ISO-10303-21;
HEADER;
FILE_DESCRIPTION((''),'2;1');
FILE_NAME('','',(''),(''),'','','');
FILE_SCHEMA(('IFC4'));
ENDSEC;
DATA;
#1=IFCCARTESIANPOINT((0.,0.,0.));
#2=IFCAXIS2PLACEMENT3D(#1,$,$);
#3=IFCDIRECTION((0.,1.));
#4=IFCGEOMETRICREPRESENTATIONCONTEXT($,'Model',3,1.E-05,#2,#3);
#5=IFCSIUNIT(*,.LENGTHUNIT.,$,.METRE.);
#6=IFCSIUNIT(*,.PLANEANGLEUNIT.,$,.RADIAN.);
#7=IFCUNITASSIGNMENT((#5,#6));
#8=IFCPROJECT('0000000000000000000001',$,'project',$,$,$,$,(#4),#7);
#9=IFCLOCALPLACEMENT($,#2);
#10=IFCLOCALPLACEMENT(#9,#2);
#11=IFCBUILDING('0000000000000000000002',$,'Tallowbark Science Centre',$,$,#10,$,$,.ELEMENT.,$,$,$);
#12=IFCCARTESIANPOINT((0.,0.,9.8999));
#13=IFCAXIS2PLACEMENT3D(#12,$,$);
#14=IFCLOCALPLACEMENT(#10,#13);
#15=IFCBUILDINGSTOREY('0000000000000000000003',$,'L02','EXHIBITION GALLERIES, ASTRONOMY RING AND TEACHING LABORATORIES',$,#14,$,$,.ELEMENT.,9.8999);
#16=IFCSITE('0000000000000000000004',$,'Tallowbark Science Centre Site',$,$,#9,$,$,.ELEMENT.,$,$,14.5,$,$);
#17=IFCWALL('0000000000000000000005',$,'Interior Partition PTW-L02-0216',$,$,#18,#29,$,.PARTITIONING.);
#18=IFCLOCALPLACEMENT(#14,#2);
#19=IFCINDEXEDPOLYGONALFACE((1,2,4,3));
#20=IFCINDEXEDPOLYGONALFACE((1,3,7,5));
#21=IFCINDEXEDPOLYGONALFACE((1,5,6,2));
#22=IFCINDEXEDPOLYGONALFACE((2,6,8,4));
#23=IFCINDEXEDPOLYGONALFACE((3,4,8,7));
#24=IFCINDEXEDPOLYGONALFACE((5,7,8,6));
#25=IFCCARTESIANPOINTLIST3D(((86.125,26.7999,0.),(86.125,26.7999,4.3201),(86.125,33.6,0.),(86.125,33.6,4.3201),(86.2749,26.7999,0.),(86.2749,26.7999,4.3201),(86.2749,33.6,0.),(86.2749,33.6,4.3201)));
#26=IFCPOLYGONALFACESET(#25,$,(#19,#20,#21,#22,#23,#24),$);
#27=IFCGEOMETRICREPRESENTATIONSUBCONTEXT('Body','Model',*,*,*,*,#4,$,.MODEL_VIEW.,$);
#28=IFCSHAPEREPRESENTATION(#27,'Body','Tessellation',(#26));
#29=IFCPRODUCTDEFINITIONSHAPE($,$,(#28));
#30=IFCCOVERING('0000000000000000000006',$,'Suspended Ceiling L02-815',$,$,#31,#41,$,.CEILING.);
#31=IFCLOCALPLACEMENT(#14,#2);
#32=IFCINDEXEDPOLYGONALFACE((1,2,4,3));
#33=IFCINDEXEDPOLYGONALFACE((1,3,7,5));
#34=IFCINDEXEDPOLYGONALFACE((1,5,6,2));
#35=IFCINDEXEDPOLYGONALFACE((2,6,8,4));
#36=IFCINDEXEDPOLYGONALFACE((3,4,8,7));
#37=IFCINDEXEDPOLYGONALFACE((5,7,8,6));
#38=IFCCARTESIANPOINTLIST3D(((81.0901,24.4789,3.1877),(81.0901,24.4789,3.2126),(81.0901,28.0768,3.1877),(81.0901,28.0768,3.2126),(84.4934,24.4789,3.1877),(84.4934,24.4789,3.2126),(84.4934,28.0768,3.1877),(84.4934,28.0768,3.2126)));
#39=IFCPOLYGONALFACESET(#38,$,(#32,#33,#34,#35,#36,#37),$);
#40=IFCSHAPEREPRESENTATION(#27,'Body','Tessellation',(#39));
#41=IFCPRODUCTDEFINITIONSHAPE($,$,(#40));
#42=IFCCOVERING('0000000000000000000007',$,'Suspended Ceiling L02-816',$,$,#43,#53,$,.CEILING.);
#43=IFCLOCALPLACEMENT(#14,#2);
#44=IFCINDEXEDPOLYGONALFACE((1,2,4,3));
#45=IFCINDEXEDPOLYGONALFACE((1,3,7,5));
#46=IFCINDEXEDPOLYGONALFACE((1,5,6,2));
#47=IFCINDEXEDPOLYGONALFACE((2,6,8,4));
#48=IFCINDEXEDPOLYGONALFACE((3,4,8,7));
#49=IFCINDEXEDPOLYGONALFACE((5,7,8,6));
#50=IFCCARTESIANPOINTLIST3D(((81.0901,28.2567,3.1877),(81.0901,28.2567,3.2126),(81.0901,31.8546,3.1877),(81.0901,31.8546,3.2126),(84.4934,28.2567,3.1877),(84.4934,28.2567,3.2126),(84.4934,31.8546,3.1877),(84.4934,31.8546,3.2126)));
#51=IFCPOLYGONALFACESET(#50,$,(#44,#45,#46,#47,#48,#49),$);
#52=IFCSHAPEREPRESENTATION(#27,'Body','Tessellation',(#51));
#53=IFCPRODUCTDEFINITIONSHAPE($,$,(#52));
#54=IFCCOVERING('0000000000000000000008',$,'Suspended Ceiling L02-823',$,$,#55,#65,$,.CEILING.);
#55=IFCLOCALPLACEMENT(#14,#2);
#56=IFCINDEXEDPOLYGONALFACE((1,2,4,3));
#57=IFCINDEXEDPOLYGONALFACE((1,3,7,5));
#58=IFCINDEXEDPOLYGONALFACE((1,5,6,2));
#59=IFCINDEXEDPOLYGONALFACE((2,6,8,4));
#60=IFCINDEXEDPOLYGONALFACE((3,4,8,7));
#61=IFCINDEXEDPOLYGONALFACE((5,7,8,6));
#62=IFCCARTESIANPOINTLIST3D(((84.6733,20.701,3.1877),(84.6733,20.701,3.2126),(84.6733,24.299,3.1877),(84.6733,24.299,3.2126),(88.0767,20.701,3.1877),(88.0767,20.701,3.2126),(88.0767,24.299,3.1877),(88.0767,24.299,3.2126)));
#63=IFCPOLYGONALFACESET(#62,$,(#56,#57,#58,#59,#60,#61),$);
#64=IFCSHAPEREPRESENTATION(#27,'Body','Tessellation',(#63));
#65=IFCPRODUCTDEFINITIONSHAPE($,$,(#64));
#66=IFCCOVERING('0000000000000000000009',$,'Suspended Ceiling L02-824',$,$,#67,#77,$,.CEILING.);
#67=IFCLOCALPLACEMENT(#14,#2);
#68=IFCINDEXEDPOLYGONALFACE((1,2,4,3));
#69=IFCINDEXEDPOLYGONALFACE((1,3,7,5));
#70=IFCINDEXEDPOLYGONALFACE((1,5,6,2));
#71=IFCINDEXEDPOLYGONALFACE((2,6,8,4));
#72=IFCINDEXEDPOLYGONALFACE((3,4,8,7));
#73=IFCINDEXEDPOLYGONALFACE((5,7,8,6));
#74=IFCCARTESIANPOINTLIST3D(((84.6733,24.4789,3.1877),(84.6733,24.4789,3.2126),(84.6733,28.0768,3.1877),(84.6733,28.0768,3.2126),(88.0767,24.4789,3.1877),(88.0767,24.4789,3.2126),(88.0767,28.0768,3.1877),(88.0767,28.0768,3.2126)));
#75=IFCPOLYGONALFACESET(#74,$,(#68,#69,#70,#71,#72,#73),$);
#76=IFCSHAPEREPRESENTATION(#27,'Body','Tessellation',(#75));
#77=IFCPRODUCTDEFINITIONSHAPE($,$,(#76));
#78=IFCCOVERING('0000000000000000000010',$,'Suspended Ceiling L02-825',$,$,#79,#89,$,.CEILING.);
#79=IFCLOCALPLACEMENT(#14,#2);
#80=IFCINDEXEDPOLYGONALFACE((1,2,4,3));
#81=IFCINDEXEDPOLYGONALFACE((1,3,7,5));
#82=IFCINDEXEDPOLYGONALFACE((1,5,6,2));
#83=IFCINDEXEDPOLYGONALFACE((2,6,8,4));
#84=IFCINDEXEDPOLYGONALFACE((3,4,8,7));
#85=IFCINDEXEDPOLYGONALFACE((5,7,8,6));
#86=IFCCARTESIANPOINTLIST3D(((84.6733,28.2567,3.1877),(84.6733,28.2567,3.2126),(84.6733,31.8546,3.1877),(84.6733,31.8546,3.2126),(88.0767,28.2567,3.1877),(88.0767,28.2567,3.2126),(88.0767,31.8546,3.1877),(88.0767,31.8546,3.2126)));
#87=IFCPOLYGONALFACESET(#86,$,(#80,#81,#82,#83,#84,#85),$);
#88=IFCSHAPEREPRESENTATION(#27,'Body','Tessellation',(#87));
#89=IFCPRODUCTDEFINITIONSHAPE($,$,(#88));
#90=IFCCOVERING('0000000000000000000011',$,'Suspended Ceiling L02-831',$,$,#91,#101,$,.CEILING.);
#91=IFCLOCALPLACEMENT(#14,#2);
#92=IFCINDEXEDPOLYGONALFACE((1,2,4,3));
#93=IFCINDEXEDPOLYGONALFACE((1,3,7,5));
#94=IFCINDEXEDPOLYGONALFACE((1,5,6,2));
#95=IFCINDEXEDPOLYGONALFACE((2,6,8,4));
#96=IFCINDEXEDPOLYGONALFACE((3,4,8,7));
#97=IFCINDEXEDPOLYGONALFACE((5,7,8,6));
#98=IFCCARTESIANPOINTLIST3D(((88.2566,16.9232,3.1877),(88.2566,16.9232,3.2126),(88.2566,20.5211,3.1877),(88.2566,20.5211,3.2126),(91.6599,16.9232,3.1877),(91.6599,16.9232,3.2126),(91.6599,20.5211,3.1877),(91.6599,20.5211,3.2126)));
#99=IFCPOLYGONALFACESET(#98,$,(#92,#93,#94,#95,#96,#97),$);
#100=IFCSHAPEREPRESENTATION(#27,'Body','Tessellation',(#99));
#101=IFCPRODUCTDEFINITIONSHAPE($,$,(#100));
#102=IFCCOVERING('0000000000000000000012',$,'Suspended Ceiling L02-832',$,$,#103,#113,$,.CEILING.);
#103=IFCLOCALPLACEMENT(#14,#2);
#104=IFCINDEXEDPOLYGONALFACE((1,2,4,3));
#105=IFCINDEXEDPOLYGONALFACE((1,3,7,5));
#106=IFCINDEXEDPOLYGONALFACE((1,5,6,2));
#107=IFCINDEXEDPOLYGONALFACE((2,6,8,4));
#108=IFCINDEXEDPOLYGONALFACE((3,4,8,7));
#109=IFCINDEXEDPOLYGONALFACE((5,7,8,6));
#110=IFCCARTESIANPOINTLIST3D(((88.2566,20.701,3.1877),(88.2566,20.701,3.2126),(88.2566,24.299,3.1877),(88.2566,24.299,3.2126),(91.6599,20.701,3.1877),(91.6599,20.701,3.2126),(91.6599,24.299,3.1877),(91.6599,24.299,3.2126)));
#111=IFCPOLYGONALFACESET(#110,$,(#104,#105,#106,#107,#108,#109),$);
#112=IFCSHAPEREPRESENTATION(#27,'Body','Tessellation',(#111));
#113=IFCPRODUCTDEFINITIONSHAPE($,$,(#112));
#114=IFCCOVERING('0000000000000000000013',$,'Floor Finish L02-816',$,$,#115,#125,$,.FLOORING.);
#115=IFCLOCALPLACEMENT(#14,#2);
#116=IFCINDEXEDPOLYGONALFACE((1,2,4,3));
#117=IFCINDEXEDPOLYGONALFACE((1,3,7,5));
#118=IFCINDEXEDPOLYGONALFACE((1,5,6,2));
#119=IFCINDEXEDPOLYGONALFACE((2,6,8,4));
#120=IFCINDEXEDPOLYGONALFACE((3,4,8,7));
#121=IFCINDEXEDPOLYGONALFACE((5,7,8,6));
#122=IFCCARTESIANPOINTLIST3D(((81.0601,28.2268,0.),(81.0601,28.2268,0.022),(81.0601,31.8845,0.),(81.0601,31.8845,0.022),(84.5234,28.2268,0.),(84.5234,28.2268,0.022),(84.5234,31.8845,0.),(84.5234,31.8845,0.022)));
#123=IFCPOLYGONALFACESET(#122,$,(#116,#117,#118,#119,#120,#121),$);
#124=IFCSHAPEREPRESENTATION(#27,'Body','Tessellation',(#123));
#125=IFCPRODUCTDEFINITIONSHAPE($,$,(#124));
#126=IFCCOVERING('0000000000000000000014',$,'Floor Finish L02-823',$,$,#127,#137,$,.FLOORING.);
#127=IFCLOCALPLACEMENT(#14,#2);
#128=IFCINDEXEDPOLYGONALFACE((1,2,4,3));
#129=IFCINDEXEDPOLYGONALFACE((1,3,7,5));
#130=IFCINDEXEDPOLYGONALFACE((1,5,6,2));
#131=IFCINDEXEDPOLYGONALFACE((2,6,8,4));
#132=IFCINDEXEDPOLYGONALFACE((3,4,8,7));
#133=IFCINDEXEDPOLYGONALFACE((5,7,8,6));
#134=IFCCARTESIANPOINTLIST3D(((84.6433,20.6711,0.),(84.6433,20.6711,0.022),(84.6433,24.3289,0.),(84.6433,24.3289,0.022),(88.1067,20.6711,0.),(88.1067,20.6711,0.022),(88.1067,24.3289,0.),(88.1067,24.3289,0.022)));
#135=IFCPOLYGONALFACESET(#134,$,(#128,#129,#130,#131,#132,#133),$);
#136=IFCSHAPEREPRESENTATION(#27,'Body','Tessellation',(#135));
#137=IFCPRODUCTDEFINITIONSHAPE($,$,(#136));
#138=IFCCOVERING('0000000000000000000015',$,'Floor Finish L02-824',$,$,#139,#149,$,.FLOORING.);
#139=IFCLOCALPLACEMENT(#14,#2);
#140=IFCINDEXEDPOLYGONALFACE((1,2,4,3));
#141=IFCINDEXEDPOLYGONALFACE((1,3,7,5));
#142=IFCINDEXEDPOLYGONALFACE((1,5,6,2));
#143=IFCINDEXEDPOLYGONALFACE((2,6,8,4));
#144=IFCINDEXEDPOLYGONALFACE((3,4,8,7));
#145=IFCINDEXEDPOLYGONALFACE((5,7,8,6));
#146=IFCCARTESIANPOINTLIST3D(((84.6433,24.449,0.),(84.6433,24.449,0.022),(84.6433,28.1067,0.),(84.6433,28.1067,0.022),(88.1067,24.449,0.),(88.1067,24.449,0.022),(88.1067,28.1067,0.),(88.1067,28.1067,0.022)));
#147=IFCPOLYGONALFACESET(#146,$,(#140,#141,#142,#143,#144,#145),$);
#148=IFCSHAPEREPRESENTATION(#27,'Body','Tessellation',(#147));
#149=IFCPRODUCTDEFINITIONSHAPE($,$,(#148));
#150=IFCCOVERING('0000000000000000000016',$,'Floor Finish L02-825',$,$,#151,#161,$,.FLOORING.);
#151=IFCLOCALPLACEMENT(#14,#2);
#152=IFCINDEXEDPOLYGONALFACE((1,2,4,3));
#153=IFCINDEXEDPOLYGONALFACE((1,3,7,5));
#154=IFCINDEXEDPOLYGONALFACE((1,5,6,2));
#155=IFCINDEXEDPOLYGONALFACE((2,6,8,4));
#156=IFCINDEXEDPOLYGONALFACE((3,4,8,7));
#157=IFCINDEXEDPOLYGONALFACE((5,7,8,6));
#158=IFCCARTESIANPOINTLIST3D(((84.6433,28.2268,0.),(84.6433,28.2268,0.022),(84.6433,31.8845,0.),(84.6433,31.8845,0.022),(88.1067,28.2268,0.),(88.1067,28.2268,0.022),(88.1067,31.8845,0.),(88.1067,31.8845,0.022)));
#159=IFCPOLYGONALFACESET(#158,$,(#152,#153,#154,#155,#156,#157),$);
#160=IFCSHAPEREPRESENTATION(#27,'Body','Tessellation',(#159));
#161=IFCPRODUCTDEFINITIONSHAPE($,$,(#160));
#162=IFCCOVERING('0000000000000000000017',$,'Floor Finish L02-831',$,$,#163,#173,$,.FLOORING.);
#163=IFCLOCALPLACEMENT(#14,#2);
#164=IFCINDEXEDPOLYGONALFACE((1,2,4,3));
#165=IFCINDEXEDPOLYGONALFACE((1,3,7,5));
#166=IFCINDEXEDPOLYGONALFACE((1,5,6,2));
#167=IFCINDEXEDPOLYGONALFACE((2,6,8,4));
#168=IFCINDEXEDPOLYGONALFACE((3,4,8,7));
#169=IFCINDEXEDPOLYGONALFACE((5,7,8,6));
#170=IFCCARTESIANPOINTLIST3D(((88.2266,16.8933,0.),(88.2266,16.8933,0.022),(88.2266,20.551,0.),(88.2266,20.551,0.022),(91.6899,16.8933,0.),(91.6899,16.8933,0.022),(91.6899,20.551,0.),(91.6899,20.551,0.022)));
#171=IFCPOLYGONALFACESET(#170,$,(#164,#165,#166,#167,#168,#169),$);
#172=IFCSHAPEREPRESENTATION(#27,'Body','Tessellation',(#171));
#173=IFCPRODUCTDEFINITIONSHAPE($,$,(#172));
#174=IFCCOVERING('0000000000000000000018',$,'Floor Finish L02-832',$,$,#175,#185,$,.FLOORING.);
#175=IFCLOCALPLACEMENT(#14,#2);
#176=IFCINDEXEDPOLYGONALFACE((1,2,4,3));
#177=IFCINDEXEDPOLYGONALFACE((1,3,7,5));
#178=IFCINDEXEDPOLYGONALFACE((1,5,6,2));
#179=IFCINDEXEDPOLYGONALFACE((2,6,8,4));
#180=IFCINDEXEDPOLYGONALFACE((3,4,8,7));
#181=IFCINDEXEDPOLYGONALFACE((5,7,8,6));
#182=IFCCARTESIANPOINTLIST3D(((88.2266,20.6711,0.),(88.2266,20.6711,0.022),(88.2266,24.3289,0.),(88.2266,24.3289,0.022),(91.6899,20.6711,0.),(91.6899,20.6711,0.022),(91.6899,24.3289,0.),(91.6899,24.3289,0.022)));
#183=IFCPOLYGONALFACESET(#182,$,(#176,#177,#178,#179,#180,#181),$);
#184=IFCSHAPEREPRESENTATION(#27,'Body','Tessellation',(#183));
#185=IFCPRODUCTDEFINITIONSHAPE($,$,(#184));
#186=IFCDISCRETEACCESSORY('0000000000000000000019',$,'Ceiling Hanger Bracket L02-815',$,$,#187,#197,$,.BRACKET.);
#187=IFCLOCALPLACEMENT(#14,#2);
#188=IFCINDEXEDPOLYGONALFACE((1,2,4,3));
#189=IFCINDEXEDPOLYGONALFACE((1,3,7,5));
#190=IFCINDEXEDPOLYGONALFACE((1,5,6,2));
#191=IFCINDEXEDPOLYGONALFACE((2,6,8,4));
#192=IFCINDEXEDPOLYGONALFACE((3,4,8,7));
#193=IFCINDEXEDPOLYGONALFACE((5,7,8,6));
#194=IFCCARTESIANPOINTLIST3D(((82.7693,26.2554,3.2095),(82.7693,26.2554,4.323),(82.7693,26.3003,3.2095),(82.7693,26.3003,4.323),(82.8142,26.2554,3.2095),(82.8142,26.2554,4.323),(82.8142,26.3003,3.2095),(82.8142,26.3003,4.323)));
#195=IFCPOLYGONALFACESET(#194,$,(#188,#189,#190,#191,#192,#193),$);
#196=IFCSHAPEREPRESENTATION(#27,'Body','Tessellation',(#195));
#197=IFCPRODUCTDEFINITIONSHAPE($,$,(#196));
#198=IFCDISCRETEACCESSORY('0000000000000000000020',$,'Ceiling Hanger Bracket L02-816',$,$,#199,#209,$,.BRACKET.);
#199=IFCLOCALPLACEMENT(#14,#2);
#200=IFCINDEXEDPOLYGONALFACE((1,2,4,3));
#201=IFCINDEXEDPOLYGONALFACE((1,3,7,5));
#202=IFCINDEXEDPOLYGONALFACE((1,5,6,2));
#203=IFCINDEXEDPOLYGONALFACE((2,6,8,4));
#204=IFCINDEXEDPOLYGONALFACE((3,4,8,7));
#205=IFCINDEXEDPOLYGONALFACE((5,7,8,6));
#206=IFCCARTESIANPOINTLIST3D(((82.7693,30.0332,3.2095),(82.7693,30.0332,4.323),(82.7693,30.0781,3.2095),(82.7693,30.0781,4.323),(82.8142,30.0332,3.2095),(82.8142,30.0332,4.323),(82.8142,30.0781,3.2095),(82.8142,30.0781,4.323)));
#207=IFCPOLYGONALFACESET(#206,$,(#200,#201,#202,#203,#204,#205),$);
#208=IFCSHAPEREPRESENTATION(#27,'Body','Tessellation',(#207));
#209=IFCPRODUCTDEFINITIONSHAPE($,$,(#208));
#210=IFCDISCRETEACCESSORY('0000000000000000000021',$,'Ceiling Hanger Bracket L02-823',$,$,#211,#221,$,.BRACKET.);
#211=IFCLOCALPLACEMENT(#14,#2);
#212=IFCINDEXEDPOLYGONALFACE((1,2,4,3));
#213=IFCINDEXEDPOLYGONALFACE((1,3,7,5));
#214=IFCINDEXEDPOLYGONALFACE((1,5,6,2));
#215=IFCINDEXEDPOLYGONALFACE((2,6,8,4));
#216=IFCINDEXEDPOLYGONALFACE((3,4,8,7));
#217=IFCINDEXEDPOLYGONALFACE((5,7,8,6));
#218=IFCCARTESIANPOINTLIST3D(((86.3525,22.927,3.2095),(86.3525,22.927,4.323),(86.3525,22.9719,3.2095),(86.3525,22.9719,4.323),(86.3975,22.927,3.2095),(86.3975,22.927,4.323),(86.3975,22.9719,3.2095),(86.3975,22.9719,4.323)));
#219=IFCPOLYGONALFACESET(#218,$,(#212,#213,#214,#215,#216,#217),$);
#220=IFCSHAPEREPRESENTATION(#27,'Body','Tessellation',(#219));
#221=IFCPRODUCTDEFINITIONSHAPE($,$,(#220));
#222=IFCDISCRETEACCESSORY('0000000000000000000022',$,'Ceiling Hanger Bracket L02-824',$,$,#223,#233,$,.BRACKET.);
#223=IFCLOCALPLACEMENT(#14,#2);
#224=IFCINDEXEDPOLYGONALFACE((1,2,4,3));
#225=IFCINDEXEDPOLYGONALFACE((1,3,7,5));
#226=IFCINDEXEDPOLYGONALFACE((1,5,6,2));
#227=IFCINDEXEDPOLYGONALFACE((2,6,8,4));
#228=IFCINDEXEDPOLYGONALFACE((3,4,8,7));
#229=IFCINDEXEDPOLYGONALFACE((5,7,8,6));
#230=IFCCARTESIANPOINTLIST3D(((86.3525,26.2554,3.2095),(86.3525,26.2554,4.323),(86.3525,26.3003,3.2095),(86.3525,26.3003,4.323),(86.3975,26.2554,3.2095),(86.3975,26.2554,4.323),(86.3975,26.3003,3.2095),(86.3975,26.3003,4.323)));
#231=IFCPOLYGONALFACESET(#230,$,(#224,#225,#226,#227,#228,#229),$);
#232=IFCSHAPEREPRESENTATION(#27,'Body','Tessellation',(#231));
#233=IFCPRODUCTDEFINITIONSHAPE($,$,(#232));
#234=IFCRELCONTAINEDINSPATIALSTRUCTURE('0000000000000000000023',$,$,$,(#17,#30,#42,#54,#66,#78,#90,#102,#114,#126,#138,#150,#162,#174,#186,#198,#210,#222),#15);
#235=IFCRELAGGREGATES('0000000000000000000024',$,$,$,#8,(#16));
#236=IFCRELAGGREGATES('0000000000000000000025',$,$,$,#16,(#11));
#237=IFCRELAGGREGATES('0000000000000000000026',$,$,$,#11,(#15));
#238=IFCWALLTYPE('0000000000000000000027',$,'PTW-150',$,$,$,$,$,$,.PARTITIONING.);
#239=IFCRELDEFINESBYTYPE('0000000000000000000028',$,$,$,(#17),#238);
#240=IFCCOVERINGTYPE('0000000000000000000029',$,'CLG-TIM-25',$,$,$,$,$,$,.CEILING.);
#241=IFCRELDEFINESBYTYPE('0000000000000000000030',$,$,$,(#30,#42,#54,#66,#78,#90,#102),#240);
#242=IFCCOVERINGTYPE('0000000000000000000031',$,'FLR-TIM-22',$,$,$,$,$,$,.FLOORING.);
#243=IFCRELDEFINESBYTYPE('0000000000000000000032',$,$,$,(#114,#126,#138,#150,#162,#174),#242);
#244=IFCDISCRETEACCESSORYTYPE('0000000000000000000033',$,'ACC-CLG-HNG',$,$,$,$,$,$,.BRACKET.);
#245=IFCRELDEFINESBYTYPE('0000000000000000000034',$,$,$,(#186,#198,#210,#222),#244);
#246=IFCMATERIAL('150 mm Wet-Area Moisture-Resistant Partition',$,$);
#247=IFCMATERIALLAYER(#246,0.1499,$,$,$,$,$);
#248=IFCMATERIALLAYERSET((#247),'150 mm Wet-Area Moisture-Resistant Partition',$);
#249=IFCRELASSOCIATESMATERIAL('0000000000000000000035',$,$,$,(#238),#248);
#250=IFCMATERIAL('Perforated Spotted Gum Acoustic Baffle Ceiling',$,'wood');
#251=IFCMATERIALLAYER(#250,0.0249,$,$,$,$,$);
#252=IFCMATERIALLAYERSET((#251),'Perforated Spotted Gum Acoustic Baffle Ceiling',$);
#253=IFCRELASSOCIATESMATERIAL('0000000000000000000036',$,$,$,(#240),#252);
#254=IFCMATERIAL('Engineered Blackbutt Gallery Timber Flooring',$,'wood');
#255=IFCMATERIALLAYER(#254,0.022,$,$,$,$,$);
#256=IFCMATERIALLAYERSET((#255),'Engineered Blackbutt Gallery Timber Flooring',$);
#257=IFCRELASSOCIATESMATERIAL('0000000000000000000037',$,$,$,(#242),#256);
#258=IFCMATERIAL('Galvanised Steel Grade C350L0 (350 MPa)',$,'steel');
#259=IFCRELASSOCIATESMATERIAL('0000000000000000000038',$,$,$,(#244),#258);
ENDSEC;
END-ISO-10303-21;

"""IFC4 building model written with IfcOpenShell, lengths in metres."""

from ifc_helpers import new_model, si_unit, direction, frame, frame_2d, origin, origin_2d, place, context, subcontext, project, spatial, rectangle, extrude, material, layer, layer_set, type_object, element, save


model = new_model("IFC4")

# Units and contexts
model_context = context("Model", 3, precision=1e-05, world=origin(), true_north=direction((0.0, 1.0)))
body_context = subcontext(model_context, "Body", "Model", "MODEL_VIEW")
ifc_project = project(units=[si_unit("LENGTHUNIT", "METRE"), si_unit("PLANEANGLEUNIT", "RADIAN")], contexts=[model_context])

# Site, building, storey
site_placement = place(None, origin())
site = spatial("IfcSite", under=ifc_project, at=site_placement, Name="Tallowbark Science Centre Site", CompositionType="ELEMENT", RefElevation=14.5)
building_placement = place(site_placement, origin())
building = spatial("IfcBuilding", under=site, at=building_placement, Name="Tallowbark Science Centre", CompositionType="ELEMENT")
storey_placement = place(building_placement, frame((0.0, 0.0, 9.8999)))
storey = spatial("IfcBuildingStorey", under=building, at=storey_placement, Name="L02", Description="EXHIBITION GALLERIES, ASTRONOMY RING AND TEACHING LABORATORIES", CompositionType="ELEMENT", Elevation=9.8999)

# Shared definitions
ifc_material_1 = material(Name="150 mm Wet-Area Moisture-Resistant Partition")
ifc_layer_1 = layer(ifc_material_1, 0.1499)
ifc_layer_set_1 = layer_set([ifc_layer_1], Name="150 mm Wet-Area Moisture-Resistant Partition")
wall_type = type_object("IfcWallType", Name="PTW-150", PredefinedType="PARTITIONING", material=ifc_layer_set_1)

# Wall
wall_1_placement = place(storey_placement, frame((86.2, 26.8, 0.0), z_axis=(0.0, 0.0, 1.0), x_axis=(0.0, 1.0, 0.0)))
element("IfcWall", 1, at=wall_1_placement, inside=storey, type_object=wall_type, Name="Interior Partition PTW-L02-0216", PredefinedType="PARTITIONING", context=body_context, shape_type="SweptSolid", body=[
    extrude(rectangle(XDim=6.8, YDim=0.1499, at=frame_2d((3.3999, 0.0))), origin(), (0.0, 0.0, 1.0), 4.3201),
])

# Coverings
ifc_material_2 = material(Name="Perforated Spotted Gum Acoustic Baffle Ceiling", Category="wood")
ifc_layer_2 = layer(ifc_material_2, 0.0249)
ifc_layer_set_2 = layer_set([ifc_layer_2], Name="Perforated Spotted Gum Acoustic Baffle Ceiling")
covering_type_1 = type_object("IfcCoveringType", Name="CLG-TIM-25", PredefinedType="CEILING", material=ifc_layer_set_2)
for number, where, z_axis, x_axis, name in (
    (2, (82.7917, 26.2778, 3.1877), (0.0, 0.0, 1.0), (1.0, 0.0, 0.0), "Suspended Ceiling L02-815"),
    (3, (82.7917, 30.0557, 3.1877), (0.0, 0.0, 1.0), (1.0, 0.0, 0.0), "Suspended Ceiling L02-816"),
    (4, (86.375, 22.5, 3.1877), (0.0, 0.0, 1.0), (1.0, 0.0, 0.0), "Suspended Ceiling L02-823"),
    (5, (86.375, 26.2778, 3.1877), (0.0, 0.0, 1.0), (1.0, 0.0, 0.0), "Suspended Ceiling L02-824"),
    (6, (86.375, 30.0557, 3.1877), (0.0, 0.0, 1.0), (1.0, 0.0, 0.0), "Suspended Ceiling L02-825"),
    (7, (89.9583, 18.7222, 3.1877), (0.0, 0.0, 1.0), (1.0, 0.0, 0.0), "Suspended Ceiling L02-831"),
    (8, (89.9583, 22.5, 3.1877), (0.0, 0.0, 1.0), (1.0, 0.0, 0.0), "Suspended Ceiling L02-832"),
):
    element("IfcCovering", number, at=place(storey_placement, frame(where, z_axis=z_axis, x_axis=x_axis)), inside=storey, type_object=covering_type_1, Name=name, PredefinedType="CEILING", context=body_context, shape_type="SweptSolid", body=[
        extrude(rectangle(XDim=3.4033, YDim=3.5979, at=origin_2d()), origin(), (0.0, 0.0, 1.0), 0.0249),
    ])
ifc_material_3 = material(Name="Engineered Blackbutt Gallery Timber Flooring", Category="wood")
ifc_layer_3 = layer(ifc_material_3, 0.022)
ifc_layer_set_3 = layer_set([ifc_layer_3], Name="Engineered Blackbutt Gallery Timber Flooring")
covering_type_2 = type_object("IfcCoveringType", Name="FLR-TIM-22", PredefinedType="FLOORING", material=ifc_layer_set_3)
for number, where, z_axis, x_axis, name in (
    (9, (82.7917, 30.0557, 0.0), (0.0, 0.0, 1.0), (1.0, 0.0, 0.0), "Floor Finish L02-816"),
    (10, (86.375, 22.5, 0.0), (0.0, 0.0, 1.0), (1.0, 0.0, 0.0), "Floor Finish L02-823"),
    (11, (86.375, 26.2778, 0.0), (0.0, 0.0, 1.0), (1.0, 0.0, 0.0), "Floor Finish L02-824"),
    (12, (86.375, 30.0557, 0.0), (0.0, 0.0, 1.0), (1.0, 0.0, 0.0), "Floor Finish L02-825"),
    (13, (89.9583, 18.7222, 0.0), (0.0, 0.0, 1.0), (1.0, 0.0, 0.0), "Floor Finish L02-831"),
    (14, (89.9583, 22.5, 0.0), (0.0, 0.0, 1.0), (1.0, 0.0, 0.0), "Floor Finish L02-832"),
):
    element("IfcCovering", number, at=place(storey_placement, frame(where, z_axis=z_axis, x_axis=x_axis)), inside=storey, type_object=covering_type_2, Name=name, PredefinedType="FLOORING", context=body_context, shape_type="SweptSolid", body=[
        extrude(rectangle(XDim=3.4634, YDim=3.6577, at=origin_2d()), origin(), (0.0, 0.0, 1.0), 0.022),
    ])

# Discrete accessories
ifc_material_4 = material(Name="Galvanised Steel Grade C350L0 (350 MPa)", Category="steel")
discrete_accessory_type = type_object("IfcDiscreteAccessoryType", Name="ACC-CLG-HNG", PredefinedType="BRACKET", material=ifc_material_4)
for number, where, z_axis, x_axis, name in (
    (15, (82.7917, 26.2778, 3.2095), (0.0, 0.0, 1.0), (1.0, 0.0, 0.0), "Ceiling Hanger Bracket L02-815"),
    (16, (82.7917, 30.0557, 3.2095), (0.0, 0.0, 1.0), (1.0, 0.0, 0.0), "Ceiling Hanger Bracket L02-816"),
    (17, (86.375, 22.9495, 3.2095), (0.0, 0.0, 1.0), (1.0, 0.0, 0.0), "Ceiling Hanger Bracket L02-823"),
    (18, (86.375, 26.2778, 3.2095), (0.0, 0.0, 1.0), (1.0, 0.0, 0.0), "Ceiling Hanger Bracket L02-824"),
):
    element("IfcDiscreteAccessory", number, at=place(storey_placement, frame(where, z_axis=z_axis, x_axis=x_axis)), inside=storey, type_object=discrete_accessory_type, Name=name, PredefinedType="BRACKET", context=body_context, shape_type="SweptSolid", body=[
        extrude(rectangle(XDim=0.0449, YDim=0.0449, at=origin_2d()), origin(), (0.0, 0.0, 1.0), 1.1135),
    ])

save(model, "model.ifc")
